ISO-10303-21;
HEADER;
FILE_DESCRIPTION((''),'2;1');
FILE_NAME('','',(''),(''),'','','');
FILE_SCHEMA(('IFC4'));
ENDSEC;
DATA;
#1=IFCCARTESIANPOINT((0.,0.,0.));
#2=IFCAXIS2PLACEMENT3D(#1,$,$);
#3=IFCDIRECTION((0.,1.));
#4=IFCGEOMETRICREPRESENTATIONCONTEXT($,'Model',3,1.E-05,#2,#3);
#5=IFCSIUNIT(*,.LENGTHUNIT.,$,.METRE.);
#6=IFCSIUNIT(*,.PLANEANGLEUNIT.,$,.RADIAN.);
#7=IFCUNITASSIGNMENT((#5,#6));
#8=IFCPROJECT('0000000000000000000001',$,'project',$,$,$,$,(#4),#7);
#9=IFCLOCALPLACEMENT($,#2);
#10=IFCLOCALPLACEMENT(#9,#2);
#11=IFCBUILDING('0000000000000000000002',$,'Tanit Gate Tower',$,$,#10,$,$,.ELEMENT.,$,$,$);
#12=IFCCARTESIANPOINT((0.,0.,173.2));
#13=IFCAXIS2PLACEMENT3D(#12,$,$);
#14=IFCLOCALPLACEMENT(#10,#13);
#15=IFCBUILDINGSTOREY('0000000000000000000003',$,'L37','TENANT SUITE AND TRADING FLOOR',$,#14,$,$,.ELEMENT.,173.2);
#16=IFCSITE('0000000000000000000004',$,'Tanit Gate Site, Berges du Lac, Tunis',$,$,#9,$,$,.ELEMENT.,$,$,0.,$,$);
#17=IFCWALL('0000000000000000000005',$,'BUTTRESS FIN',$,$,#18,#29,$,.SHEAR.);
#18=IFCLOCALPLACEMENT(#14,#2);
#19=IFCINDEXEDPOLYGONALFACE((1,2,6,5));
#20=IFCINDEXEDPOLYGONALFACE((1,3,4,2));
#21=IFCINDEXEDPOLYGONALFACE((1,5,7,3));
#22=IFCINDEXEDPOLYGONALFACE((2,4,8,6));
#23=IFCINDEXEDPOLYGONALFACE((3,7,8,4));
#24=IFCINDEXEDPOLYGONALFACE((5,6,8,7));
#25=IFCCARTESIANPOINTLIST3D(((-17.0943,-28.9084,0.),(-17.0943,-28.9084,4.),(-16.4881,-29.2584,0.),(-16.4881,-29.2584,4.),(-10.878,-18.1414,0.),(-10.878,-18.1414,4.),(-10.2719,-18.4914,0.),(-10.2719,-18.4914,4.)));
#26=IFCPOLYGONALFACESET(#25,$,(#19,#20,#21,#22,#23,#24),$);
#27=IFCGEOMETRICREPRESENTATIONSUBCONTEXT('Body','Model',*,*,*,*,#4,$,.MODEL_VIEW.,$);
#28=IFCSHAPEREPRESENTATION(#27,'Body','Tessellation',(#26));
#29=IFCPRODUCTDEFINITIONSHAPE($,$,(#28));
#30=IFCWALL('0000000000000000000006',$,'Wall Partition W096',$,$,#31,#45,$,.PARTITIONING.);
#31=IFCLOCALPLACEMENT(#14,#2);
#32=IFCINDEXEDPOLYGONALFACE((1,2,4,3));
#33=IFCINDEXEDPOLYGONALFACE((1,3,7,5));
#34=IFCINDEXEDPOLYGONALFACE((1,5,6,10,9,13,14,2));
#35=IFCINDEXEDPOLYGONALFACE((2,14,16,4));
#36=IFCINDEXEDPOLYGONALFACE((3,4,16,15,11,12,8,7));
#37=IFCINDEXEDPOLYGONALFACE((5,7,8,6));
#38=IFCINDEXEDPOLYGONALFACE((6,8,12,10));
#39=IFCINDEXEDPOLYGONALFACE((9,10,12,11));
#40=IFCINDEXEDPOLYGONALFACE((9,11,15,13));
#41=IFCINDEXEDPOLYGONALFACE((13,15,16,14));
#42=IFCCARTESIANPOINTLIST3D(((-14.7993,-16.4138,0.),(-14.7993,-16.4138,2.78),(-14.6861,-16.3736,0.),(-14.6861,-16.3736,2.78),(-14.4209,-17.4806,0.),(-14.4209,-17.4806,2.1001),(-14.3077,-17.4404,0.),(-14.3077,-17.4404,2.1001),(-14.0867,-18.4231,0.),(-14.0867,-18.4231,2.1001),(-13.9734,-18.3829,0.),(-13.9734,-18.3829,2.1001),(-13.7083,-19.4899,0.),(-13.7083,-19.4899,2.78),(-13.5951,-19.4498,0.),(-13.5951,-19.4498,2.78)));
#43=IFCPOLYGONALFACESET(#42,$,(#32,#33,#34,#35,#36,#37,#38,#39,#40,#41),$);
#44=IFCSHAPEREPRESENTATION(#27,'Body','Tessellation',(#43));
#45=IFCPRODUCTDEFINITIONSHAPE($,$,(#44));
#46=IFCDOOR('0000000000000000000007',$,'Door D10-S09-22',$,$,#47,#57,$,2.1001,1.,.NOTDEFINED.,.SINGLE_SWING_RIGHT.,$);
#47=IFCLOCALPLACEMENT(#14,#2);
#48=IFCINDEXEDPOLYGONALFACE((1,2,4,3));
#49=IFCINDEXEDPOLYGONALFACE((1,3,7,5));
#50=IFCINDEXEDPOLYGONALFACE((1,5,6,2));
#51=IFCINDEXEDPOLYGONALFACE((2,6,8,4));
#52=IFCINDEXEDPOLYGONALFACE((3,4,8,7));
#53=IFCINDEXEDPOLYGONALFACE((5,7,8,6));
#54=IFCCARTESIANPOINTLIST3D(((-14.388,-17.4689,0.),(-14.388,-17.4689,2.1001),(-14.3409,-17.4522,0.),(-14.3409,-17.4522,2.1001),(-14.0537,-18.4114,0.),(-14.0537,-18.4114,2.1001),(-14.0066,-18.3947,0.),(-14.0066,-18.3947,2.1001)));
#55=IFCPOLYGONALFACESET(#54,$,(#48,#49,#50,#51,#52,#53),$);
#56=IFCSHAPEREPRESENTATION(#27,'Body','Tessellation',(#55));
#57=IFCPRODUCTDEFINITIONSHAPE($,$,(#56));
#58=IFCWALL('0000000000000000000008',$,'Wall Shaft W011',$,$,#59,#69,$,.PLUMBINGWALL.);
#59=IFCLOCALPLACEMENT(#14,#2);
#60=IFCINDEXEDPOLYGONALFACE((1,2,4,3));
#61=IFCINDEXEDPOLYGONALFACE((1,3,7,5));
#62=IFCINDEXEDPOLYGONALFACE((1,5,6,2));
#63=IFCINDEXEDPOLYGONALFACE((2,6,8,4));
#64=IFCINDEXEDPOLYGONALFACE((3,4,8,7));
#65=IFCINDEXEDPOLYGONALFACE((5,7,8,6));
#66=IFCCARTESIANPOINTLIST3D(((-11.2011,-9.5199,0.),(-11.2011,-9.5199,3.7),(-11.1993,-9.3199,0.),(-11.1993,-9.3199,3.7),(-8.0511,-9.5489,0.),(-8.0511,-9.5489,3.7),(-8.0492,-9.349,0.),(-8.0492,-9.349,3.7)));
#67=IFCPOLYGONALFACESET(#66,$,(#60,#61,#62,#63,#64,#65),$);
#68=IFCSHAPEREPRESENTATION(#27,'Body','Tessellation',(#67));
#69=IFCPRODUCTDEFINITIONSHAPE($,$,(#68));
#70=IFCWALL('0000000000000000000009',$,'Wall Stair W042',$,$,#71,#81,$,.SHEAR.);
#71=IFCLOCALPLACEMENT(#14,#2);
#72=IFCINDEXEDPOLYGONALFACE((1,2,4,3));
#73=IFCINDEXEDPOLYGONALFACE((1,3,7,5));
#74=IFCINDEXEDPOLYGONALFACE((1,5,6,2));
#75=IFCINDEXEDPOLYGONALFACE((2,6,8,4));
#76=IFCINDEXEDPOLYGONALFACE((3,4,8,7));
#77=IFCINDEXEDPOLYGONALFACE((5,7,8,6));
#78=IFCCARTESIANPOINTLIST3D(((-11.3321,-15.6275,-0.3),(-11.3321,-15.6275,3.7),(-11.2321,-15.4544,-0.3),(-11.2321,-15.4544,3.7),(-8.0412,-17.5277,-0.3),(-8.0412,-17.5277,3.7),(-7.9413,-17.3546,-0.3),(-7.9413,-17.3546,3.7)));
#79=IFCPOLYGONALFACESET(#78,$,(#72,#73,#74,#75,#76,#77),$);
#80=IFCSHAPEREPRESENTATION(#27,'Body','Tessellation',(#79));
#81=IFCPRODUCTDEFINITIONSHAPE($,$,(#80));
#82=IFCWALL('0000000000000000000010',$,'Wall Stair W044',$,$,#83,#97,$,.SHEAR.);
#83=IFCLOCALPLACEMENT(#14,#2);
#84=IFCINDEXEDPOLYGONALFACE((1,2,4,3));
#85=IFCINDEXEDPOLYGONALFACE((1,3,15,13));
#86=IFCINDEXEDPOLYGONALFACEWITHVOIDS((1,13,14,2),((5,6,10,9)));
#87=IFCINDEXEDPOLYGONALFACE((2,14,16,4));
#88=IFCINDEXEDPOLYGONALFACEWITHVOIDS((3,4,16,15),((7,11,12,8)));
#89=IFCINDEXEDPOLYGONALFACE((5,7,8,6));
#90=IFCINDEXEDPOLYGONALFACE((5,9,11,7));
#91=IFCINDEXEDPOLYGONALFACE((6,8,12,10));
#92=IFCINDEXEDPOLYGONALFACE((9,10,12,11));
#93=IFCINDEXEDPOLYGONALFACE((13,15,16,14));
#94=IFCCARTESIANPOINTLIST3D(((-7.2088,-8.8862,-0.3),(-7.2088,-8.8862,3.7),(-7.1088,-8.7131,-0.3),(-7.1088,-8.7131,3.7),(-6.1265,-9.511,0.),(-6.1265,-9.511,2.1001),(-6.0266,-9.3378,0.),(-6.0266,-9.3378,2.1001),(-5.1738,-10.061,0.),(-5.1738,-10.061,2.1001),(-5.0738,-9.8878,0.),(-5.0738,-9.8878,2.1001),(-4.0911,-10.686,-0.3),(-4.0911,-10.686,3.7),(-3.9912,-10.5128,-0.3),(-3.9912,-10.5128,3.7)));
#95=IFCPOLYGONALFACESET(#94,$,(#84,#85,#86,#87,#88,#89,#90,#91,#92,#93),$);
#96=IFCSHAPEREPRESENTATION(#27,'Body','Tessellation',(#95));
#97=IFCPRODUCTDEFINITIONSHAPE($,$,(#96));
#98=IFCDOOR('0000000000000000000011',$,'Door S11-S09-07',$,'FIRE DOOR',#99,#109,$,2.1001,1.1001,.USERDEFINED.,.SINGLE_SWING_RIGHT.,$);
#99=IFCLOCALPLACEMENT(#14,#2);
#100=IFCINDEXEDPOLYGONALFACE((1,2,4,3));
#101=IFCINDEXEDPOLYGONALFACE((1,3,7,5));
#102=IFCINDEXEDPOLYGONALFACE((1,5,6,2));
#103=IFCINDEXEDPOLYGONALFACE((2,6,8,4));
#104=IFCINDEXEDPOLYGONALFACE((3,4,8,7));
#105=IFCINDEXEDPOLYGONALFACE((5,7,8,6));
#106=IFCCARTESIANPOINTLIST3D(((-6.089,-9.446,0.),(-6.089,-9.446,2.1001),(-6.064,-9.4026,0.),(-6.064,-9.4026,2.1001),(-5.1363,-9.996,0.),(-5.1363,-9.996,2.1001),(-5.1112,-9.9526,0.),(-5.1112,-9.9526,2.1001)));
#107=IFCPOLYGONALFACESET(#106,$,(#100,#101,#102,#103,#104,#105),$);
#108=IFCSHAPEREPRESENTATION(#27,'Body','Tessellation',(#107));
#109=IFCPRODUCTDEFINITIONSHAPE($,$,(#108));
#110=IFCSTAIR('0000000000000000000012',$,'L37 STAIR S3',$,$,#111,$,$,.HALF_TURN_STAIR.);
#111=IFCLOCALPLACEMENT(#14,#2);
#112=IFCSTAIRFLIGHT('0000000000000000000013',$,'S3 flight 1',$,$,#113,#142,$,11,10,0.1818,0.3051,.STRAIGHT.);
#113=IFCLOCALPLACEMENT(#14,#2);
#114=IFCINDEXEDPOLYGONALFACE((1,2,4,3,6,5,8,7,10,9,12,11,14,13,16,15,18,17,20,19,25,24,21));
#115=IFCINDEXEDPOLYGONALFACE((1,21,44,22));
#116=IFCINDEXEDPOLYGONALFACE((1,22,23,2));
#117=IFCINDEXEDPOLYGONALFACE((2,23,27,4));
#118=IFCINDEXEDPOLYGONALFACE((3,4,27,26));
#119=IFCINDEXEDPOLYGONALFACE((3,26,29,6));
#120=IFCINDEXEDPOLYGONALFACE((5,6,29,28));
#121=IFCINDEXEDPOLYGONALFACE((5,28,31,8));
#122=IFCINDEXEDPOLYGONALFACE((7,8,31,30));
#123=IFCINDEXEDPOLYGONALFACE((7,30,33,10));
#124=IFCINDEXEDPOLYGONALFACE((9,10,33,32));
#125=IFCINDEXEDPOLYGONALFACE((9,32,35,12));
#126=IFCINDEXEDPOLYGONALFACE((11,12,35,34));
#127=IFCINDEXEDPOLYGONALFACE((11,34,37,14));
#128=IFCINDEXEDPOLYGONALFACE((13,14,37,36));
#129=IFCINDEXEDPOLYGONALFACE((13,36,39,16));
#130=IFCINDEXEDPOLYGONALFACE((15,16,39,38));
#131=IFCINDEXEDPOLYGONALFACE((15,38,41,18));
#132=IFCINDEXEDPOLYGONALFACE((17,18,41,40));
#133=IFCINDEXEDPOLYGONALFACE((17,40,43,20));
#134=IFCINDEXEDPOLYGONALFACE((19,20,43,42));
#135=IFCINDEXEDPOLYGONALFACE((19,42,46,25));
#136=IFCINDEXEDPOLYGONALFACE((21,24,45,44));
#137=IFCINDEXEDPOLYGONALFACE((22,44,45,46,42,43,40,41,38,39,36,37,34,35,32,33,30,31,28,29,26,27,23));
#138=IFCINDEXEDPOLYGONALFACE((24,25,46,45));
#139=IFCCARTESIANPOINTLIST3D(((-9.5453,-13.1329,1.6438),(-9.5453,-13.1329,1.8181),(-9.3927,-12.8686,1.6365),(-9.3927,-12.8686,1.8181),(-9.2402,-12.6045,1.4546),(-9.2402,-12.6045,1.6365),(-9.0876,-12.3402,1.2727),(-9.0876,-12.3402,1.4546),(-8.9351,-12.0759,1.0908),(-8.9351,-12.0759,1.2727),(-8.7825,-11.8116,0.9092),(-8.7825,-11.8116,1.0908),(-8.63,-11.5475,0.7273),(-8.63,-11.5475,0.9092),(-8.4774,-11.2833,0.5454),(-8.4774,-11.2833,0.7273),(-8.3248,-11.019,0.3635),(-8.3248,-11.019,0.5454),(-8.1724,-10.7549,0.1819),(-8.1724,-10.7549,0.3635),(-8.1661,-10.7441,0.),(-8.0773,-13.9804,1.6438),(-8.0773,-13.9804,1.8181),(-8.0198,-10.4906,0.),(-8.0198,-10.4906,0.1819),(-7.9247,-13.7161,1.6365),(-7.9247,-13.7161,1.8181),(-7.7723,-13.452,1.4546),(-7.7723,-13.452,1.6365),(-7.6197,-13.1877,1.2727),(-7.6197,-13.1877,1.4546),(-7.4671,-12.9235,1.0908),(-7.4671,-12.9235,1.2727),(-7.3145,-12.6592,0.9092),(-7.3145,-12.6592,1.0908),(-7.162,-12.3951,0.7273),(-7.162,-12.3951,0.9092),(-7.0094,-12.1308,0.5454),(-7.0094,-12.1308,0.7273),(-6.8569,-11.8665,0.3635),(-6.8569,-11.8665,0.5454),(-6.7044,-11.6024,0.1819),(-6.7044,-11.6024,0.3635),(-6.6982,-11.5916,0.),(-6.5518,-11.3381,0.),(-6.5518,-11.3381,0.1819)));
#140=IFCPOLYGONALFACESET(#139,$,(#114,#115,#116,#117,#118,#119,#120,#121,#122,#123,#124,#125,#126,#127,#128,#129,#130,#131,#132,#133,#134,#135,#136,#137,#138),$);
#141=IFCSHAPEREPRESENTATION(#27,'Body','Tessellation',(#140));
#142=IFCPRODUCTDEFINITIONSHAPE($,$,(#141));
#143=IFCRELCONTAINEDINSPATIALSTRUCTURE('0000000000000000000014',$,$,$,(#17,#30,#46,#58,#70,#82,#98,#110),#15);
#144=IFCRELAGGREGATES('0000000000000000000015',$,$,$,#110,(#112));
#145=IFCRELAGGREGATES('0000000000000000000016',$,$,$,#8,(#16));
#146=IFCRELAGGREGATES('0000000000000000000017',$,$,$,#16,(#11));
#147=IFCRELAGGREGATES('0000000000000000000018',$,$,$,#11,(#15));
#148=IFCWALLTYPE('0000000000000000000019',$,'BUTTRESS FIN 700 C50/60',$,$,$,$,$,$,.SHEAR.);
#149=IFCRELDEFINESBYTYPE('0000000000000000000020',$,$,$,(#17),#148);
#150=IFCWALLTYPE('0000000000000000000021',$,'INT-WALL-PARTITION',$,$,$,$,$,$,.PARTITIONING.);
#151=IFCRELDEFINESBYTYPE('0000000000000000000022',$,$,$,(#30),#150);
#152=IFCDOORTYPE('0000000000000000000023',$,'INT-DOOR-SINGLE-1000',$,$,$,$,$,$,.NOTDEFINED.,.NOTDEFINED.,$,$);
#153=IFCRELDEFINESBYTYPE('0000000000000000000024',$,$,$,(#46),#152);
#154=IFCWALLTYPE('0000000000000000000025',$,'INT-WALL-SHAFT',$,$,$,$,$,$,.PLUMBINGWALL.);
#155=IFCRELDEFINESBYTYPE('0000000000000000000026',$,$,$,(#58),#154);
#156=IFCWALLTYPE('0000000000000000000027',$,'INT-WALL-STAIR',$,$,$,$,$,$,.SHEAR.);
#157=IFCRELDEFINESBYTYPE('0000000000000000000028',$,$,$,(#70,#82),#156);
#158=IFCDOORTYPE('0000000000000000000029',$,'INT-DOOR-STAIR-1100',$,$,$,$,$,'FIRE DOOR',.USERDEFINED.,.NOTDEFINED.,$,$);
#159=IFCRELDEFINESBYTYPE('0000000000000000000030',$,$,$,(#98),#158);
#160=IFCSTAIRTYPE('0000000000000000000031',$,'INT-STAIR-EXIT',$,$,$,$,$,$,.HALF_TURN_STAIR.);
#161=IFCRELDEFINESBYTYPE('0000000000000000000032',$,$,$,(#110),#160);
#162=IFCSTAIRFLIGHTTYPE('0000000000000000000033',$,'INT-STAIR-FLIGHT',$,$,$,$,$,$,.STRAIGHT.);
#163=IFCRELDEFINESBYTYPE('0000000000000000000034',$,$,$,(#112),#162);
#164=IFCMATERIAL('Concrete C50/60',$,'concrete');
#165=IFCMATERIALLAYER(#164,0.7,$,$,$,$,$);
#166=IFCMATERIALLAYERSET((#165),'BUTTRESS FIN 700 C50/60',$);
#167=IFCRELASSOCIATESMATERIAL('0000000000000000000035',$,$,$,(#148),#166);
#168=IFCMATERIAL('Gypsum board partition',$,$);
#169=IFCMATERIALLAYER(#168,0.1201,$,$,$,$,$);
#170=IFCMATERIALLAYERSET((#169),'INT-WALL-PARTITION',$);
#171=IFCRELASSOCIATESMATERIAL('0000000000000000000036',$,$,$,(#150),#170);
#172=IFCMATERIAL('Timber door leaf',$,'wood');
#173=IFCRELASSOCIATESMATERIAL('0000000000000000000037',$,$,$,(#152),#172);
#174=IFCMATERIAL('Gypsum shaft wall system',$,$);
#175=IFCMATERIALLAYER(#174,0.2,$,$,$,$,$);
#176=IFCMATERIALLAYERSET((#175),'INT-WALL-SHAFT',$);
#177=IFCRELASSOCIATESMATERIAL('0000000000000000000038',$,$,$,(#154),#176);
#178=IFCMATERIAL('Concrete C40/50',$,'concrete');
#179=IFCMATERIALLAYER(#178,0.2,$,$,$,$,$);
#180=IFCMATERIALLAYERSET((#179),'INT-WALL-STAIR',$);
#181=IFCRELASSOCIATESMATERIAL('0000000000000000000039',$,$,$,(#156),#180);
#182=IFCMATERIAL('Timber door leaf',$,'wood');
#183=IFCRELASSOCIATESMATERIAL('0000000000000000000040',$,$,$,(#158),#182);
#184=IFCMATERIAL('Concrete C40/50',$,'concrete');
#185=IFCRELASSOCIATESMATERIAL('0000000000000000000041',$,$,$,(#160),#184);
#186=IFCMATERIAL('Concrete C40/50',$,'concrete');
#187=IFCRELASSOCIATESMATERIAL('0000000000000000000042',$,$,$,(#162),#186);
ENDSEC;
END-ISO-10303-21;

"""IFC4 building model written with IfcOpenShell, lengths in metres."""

from ifc_helpers import new_model, si_unit, direction, frame, frame_2d, origin, place, context, subcontext, project, spatial, polyline, rectangle, outline, extrude, material, layer, layer_set, type_object, element, fill, aggregate, save


model = new_model("IFC4")

# Units and contexts
model_context = context("Model", 3, precision=1e-05, world=origin(), true_north=direction((0.0, 1.0)))
body_context = subcontext(model_context, "Body", "Model", "MODEL_VIEW")
ifc_project = project(units=[si_unit("LENGTHUNIT", "METRE"), si_unit("PLANEANGLEUNIT", "RADIAN")], contexts=[model_context])

# Site, building, storey
site_placement = place(None, origin())
site = spatial("IfcSite", under=ifc_project, at=site_placement, Name="Tanit Gate Site, Berges du Lac, Tunis", CompositionType="ELEMENT", RefElevation=0.0)
building_placement = place(site_placement, origin())
building = spatial("IfcBuilding", under=site, at=building_placement, Name="Tanit Gate Tower", CompositionType="ELEMENT")
storey_placement = place(building_placement, frame((0.0, 0.0, 173.2)))
storey = spatial("IfcBuildingStorey", under=building, at=storey_placement, Name="L37", Description="TENANT SUITE AND TRADING FLOOR", CompositionType="ELEMENT", Elevation=173.2)

# Wall
ifc_material_1 = material(Name="Concrete C50/60", Category="concrete")
ifc_layer_1 = layer(ifc_material_1, 0.7)
ifc_layer_set_1 = layer_set([ifc_layer_1], Name="BUTTRESS FIN 700 C50/60")
wall_type_1 = type_object("IfcWallType", Name="BUTTRESS FIN 700 C50/60", PredefinedType="SHEAR", material=ifc_layer_set_1)
wall_1_placement = place(storey_placement, frame((-10.575, -18.3164, 0.0), z_axis=(0.0, 0.0, 1.0), x_axis=(-0.499996, -0.866028, 0.0)))
element("IfcWall", 1, at=wall_1_placement, inside=storey, type_object=wall_type_1, Name="BUTTRESS FIN", PredefinedType="SHEAR", context=body_context, shape_type="SweptSolid", body=[
    extrude(rectangle(XDim=12.4326, YDim=0.7, at=frame_2d((6.2163, 0.0))), origin(), (0.0, 0.0, 1.0), 4.0),
])

# Wall, opening, door
ifc_material_2 = material(Name="Gypsum board partition")
ifc_layer_2 = layer(ifc_material_2, 0.1201)
ifc_layer_set_2 = layer_set([ifc_layer_2], Name="INT-WALL-PARTITION")
wall_type_2 = type_object("IfcWallType", Name="INT-WALL-PARTITION", PredefinedType="PARTITIONING", material=ifc_layer_set_2)
wall_2_placement = place(storey_placement, frame((-14.7427, -16.3938, 0.0), z_axis=(0.0, 0.0, 1.0), x_axis=(0.334279, -0.942474, 0.0)))
wall_2 = element("IfcWall", 2, at=wall_2_placement, inside=storey, type_object=wall_type_2, Name="Wall Partition W096", PredefinedType="PARTITIONING", context=body_context, shape_type="SweptSolid", body=[
    extrude(rectangle(XDim=3.2639, YDim=0.1201, at=frame_2d((1.6318, 0.0))), origin(), (0.0, 0.0, 1.0), 2.78),
])
opening_1_placement = place(wall_2_placement, frame((1.1318, 0.0, 0.0)))
opening_1 = element("IfcOpeningElement", 3, at=opening_1_placement, cuts=wall_2, PredefinedType="OPENING", context=body_context, shape_type="SweptSolid", body=[
    extrude(rectangle(XDim=1.0, YDim=2.1001, at=frame_2d((0.5, 1.05))), frame((0.0, 0.0701, 0.0), z_axis=(0.0, -1.0, 0.0), x_axis=(1.0, 0.0, 0.0)), (0.0, 0.0, 1.0), 0.1401),
])
ifc_material_3 = material(Name="Timber door leaf", Category="wood")
door_type_1 = type_object("IfcDoorType", Name="INT-DOOR-SINGLE-1000", OperationType="NOTDEFINED", PredefinedType="NOTDEFINED", material=ifc_material_3)
door_1_placement = place(opening_1_placement, origin())
door_1 = element("IfcDoor", 4, at=door_1_placement, inside=storey, type_object=door_type_1, Name="Door D10-S09-22", OperationType="SINGLE_SWING_RIGHT", OverallHeight=2.1001, OverallWidth=1.0, PredefinedType="NOTDEFINED", context=body_context, shape_type="SweptSolid", body=[
    extrude(rectangle(XDim=1.0, YDim=2.1001, at=frame_2d((0.5, 1.05))), frame((0.0, 0.0249, 0.0), z_axis=(0.0, -1.0, 0.0), x_axis=(1.0, 0.0, 0.0)), (0.0, 0.0, 1.0), 0.05),
])
fill(opening_1, door_1)

# Walls
ifc_material_4 = material(Name="Gypsum shaft wall system")
ifc_layer_3 = layer(ifc_material_4, 0.2)
ifc_layer_set_3 = layer_set([ifc_layer_3], Name="INT-WALL-SHAFT")
wall_type_3 = type_object("IfcWallType", Name="INT-WALL-SHAFT", PredefinedType="PLUMBINGWALL", material=ifc_layer_set_3)
wall_3_placement = place(storey_placement, frame((-8.05, -9.449, 0.0), z_axis=(0.0, 0.0, 1.0), x_axis=(-0.999957, 0.009223, 0.0)))
element("IfcWall", 5, at=wall_3_placement, inside=storey, type_object=wall_type_3, Name="Wall Shaft W011", PredefinedType="PLUMBINGWALL", context=body_context, shape_type="SweptSolid", body=[
    extrude(rectangle(XDim=3.1501, YDim=0.2, at=frame_2d((1.5752, 0.0))), origin(), (0.0, 0.0, 1.0), 3.7),
])
ifc_material_5 = material(Name="Concrete C40/50", Category="concrete")
ifc_layer_4 = layer(ifc_material_5, 0.2)
ifc_layer_set_4 = layer_set([ifc_layer_4], Name="INT-WALL-STAIR")
wall_type_4 = type_object("IfcWallType", Name="INT-WALL-STAIR", PredefinedType="SHEAR", material=ifc_layer_set_4)
wall_4_placement = place(storey_placement, frame((-11.282, -15.541, -0.3), z_axis=(0.0, 0.0, 1.0), x_axis=(0.866, -0.500043, 0.0)))
element("IfcWall", 6, at=wall_4_placement, inside=storey, type_object=wall_type_4, Name="Wall Stair W042", PredefinedType="SHEAR", context=body_context, shape_type="SweptSolid", body=[
    extrude(rectangle(XDim=3.8, YDim=0.2, at=frame_2d((1.8999, 0.0))), origin(), (0.0, 0.0, 1.0), 4.0),
])

# Wall, opening, door
wall_5_placement = place(storey_placement, frame((-4.0413, -10.5994, -0.3), z_axis=(0.0, 0.0, 1.0), x_axis=(-0.866048, 0.499961, 0.0)))
wall_5 = element("IfcWall", 7, at=wall_5_placement, inside=storey, type_object=wall_type_4, Name="Wall Stair W044", PredefinedType="SHEAR", context=body_context, shape_type="SweptSolid", body=[
    extrude(rectangle(XDim=3.5999, YDim=0.2, at=frame_2d((1.7998, 0.0))), origin(), (0.0, 0.0, 1.0), 4.0),
])
opening_2_placement = place(wall_5_placement, frame((1.25, 0.0, 0.3)))
opening_2 = element("IfcOpeningElement", 8, at=opening_2_placement, cuts=wall_5, PredefinedType="OPENING", context=body_context, shape_type="SweptSolid", body=[
    extrude(rectangle(XDim=1.1001, YDim=2.1001, at=frame_2d((0.55, 1.05))), frame((0.0, 0.1099, 0.0), z_axis=(0.0, -1.0, 0.0), x_axis=(1.0, 0.0, 0.0)), (0.0, 0.0, 1.0), 0.22),
])
ifc_material_6 = material(Name="Timber door leaf", Category="wood")
door_type_2 = type_object("IfcDoorType", Name="INT-DOOR-STAIR-1100", ElementType="FIRE DOOR", OperationType="NOTDEFINED", PredefinedType="USERDEFINED", material=ifc_material_6)
door_2_placement = place(opening_2_placement, origin())
door_2 = element("IfcDoor", 9, at=door_2_placement, inside=storey, type_object=door_type_2, Name="Door S11-S09-07", ObjectType="FIRE DOOR", OperationType="SINGLE_SWING_RIGHT", OverallHeight=2.1001, OverallWidth=1.1001, PredefinedType="USERDEFINED", context=body_context, shape_type="SweptSolid", body=[
    extrude(rectangle(XDim=1.1001, YDim=2.1001, at=frame_2d((0.55, 1.05))), frame((0.0, 0.0249, 0.0), z_axis=(0.0, -1.0, 0.0), x_axis=(1.0, 0.0, 0.0)), (0.0, 0.0, 1.0), 0.05),
])
fill(opening_2, door_2)

# Stair, stair flight
ifc_material_7 = material(Name="Concrete C40/50", Category="concrete")
stair_type = type_object("IfcStairType", Name="INT-STAIR-EXIT", PredefinedType="HALF_TURN_STAIR", material=ifc_material_7)
stair_placement = place(storey_placement, origin())
stair = element("IfcStair", 10, at=stair_placement, inside=storey, type_object=stair_type, Name="L37 STAIR S3", PredefinedType="HALF_TURN_STAIR")
ifc_material_8 = material(Name="Concrete C40/50", Category="concrete")
stair_flight_type = type_object("IfcStairFlightType", Name="INT-STAIR-FLIGHT", PredefinedType="STRAIGHT", material=ifc_material_8)
stair_flight_1_placement = place(storey_placement, frame((-7.2859, -10.9143, 0.0), z_axis=(0.0, 0.0, 1.0), x_axis=(-0.5, -0.866025, 0.0)))
stair_flight_1 = element("IfcStairFlight", 11, at=stair_flight_1_placement, type_object=stair_flight_type, Name="S3 flight 1", NumberOfRisers=11, NumberOfTreads=10, PredefinedType="STRAIGHT", RiserHeight=0.1818, TreadLength=0.3051, context=body_context, shape_type="SweptSolid", body=[
    extrude(outline(polyline([(0.0, 0.0), (0.0, 0.1819), (0.3052, 0.1819), (0.3052, 0.3635), (0.6101, 0.3635), (0.6101, 0.5454), (0.9153, 0.5454), (0.9153, 0.7273), (1.2205, 0.7273), (1.2205, 0.9092), (1.5254, 0.9092), (1.5254, 1.0908), (1.8306, 1.0908), (1.8306, 1.2727), (2.1357, 1.2727), (2.1357, 1.4546), (2.4409, 1.4546), (2.4409, 1.6365), (2.7458, 1.6365), (2.7458, 1.8181), (3.051, 1.8181), (3.051, 2.0), (3.051, 1.6438), (0.2927, 0.0), (0.0, 0.0)])), frame((0.0, 0.8477, 0.0), z_axis=(0.0, -1.0, 0.0), x_axis=(1.0, 0.0, 0.0)), (0.0, 0.0, 1.0), 1.6951),
])
aggregate(stair, [stair_flight_1])

save(model, "model.ifc")
